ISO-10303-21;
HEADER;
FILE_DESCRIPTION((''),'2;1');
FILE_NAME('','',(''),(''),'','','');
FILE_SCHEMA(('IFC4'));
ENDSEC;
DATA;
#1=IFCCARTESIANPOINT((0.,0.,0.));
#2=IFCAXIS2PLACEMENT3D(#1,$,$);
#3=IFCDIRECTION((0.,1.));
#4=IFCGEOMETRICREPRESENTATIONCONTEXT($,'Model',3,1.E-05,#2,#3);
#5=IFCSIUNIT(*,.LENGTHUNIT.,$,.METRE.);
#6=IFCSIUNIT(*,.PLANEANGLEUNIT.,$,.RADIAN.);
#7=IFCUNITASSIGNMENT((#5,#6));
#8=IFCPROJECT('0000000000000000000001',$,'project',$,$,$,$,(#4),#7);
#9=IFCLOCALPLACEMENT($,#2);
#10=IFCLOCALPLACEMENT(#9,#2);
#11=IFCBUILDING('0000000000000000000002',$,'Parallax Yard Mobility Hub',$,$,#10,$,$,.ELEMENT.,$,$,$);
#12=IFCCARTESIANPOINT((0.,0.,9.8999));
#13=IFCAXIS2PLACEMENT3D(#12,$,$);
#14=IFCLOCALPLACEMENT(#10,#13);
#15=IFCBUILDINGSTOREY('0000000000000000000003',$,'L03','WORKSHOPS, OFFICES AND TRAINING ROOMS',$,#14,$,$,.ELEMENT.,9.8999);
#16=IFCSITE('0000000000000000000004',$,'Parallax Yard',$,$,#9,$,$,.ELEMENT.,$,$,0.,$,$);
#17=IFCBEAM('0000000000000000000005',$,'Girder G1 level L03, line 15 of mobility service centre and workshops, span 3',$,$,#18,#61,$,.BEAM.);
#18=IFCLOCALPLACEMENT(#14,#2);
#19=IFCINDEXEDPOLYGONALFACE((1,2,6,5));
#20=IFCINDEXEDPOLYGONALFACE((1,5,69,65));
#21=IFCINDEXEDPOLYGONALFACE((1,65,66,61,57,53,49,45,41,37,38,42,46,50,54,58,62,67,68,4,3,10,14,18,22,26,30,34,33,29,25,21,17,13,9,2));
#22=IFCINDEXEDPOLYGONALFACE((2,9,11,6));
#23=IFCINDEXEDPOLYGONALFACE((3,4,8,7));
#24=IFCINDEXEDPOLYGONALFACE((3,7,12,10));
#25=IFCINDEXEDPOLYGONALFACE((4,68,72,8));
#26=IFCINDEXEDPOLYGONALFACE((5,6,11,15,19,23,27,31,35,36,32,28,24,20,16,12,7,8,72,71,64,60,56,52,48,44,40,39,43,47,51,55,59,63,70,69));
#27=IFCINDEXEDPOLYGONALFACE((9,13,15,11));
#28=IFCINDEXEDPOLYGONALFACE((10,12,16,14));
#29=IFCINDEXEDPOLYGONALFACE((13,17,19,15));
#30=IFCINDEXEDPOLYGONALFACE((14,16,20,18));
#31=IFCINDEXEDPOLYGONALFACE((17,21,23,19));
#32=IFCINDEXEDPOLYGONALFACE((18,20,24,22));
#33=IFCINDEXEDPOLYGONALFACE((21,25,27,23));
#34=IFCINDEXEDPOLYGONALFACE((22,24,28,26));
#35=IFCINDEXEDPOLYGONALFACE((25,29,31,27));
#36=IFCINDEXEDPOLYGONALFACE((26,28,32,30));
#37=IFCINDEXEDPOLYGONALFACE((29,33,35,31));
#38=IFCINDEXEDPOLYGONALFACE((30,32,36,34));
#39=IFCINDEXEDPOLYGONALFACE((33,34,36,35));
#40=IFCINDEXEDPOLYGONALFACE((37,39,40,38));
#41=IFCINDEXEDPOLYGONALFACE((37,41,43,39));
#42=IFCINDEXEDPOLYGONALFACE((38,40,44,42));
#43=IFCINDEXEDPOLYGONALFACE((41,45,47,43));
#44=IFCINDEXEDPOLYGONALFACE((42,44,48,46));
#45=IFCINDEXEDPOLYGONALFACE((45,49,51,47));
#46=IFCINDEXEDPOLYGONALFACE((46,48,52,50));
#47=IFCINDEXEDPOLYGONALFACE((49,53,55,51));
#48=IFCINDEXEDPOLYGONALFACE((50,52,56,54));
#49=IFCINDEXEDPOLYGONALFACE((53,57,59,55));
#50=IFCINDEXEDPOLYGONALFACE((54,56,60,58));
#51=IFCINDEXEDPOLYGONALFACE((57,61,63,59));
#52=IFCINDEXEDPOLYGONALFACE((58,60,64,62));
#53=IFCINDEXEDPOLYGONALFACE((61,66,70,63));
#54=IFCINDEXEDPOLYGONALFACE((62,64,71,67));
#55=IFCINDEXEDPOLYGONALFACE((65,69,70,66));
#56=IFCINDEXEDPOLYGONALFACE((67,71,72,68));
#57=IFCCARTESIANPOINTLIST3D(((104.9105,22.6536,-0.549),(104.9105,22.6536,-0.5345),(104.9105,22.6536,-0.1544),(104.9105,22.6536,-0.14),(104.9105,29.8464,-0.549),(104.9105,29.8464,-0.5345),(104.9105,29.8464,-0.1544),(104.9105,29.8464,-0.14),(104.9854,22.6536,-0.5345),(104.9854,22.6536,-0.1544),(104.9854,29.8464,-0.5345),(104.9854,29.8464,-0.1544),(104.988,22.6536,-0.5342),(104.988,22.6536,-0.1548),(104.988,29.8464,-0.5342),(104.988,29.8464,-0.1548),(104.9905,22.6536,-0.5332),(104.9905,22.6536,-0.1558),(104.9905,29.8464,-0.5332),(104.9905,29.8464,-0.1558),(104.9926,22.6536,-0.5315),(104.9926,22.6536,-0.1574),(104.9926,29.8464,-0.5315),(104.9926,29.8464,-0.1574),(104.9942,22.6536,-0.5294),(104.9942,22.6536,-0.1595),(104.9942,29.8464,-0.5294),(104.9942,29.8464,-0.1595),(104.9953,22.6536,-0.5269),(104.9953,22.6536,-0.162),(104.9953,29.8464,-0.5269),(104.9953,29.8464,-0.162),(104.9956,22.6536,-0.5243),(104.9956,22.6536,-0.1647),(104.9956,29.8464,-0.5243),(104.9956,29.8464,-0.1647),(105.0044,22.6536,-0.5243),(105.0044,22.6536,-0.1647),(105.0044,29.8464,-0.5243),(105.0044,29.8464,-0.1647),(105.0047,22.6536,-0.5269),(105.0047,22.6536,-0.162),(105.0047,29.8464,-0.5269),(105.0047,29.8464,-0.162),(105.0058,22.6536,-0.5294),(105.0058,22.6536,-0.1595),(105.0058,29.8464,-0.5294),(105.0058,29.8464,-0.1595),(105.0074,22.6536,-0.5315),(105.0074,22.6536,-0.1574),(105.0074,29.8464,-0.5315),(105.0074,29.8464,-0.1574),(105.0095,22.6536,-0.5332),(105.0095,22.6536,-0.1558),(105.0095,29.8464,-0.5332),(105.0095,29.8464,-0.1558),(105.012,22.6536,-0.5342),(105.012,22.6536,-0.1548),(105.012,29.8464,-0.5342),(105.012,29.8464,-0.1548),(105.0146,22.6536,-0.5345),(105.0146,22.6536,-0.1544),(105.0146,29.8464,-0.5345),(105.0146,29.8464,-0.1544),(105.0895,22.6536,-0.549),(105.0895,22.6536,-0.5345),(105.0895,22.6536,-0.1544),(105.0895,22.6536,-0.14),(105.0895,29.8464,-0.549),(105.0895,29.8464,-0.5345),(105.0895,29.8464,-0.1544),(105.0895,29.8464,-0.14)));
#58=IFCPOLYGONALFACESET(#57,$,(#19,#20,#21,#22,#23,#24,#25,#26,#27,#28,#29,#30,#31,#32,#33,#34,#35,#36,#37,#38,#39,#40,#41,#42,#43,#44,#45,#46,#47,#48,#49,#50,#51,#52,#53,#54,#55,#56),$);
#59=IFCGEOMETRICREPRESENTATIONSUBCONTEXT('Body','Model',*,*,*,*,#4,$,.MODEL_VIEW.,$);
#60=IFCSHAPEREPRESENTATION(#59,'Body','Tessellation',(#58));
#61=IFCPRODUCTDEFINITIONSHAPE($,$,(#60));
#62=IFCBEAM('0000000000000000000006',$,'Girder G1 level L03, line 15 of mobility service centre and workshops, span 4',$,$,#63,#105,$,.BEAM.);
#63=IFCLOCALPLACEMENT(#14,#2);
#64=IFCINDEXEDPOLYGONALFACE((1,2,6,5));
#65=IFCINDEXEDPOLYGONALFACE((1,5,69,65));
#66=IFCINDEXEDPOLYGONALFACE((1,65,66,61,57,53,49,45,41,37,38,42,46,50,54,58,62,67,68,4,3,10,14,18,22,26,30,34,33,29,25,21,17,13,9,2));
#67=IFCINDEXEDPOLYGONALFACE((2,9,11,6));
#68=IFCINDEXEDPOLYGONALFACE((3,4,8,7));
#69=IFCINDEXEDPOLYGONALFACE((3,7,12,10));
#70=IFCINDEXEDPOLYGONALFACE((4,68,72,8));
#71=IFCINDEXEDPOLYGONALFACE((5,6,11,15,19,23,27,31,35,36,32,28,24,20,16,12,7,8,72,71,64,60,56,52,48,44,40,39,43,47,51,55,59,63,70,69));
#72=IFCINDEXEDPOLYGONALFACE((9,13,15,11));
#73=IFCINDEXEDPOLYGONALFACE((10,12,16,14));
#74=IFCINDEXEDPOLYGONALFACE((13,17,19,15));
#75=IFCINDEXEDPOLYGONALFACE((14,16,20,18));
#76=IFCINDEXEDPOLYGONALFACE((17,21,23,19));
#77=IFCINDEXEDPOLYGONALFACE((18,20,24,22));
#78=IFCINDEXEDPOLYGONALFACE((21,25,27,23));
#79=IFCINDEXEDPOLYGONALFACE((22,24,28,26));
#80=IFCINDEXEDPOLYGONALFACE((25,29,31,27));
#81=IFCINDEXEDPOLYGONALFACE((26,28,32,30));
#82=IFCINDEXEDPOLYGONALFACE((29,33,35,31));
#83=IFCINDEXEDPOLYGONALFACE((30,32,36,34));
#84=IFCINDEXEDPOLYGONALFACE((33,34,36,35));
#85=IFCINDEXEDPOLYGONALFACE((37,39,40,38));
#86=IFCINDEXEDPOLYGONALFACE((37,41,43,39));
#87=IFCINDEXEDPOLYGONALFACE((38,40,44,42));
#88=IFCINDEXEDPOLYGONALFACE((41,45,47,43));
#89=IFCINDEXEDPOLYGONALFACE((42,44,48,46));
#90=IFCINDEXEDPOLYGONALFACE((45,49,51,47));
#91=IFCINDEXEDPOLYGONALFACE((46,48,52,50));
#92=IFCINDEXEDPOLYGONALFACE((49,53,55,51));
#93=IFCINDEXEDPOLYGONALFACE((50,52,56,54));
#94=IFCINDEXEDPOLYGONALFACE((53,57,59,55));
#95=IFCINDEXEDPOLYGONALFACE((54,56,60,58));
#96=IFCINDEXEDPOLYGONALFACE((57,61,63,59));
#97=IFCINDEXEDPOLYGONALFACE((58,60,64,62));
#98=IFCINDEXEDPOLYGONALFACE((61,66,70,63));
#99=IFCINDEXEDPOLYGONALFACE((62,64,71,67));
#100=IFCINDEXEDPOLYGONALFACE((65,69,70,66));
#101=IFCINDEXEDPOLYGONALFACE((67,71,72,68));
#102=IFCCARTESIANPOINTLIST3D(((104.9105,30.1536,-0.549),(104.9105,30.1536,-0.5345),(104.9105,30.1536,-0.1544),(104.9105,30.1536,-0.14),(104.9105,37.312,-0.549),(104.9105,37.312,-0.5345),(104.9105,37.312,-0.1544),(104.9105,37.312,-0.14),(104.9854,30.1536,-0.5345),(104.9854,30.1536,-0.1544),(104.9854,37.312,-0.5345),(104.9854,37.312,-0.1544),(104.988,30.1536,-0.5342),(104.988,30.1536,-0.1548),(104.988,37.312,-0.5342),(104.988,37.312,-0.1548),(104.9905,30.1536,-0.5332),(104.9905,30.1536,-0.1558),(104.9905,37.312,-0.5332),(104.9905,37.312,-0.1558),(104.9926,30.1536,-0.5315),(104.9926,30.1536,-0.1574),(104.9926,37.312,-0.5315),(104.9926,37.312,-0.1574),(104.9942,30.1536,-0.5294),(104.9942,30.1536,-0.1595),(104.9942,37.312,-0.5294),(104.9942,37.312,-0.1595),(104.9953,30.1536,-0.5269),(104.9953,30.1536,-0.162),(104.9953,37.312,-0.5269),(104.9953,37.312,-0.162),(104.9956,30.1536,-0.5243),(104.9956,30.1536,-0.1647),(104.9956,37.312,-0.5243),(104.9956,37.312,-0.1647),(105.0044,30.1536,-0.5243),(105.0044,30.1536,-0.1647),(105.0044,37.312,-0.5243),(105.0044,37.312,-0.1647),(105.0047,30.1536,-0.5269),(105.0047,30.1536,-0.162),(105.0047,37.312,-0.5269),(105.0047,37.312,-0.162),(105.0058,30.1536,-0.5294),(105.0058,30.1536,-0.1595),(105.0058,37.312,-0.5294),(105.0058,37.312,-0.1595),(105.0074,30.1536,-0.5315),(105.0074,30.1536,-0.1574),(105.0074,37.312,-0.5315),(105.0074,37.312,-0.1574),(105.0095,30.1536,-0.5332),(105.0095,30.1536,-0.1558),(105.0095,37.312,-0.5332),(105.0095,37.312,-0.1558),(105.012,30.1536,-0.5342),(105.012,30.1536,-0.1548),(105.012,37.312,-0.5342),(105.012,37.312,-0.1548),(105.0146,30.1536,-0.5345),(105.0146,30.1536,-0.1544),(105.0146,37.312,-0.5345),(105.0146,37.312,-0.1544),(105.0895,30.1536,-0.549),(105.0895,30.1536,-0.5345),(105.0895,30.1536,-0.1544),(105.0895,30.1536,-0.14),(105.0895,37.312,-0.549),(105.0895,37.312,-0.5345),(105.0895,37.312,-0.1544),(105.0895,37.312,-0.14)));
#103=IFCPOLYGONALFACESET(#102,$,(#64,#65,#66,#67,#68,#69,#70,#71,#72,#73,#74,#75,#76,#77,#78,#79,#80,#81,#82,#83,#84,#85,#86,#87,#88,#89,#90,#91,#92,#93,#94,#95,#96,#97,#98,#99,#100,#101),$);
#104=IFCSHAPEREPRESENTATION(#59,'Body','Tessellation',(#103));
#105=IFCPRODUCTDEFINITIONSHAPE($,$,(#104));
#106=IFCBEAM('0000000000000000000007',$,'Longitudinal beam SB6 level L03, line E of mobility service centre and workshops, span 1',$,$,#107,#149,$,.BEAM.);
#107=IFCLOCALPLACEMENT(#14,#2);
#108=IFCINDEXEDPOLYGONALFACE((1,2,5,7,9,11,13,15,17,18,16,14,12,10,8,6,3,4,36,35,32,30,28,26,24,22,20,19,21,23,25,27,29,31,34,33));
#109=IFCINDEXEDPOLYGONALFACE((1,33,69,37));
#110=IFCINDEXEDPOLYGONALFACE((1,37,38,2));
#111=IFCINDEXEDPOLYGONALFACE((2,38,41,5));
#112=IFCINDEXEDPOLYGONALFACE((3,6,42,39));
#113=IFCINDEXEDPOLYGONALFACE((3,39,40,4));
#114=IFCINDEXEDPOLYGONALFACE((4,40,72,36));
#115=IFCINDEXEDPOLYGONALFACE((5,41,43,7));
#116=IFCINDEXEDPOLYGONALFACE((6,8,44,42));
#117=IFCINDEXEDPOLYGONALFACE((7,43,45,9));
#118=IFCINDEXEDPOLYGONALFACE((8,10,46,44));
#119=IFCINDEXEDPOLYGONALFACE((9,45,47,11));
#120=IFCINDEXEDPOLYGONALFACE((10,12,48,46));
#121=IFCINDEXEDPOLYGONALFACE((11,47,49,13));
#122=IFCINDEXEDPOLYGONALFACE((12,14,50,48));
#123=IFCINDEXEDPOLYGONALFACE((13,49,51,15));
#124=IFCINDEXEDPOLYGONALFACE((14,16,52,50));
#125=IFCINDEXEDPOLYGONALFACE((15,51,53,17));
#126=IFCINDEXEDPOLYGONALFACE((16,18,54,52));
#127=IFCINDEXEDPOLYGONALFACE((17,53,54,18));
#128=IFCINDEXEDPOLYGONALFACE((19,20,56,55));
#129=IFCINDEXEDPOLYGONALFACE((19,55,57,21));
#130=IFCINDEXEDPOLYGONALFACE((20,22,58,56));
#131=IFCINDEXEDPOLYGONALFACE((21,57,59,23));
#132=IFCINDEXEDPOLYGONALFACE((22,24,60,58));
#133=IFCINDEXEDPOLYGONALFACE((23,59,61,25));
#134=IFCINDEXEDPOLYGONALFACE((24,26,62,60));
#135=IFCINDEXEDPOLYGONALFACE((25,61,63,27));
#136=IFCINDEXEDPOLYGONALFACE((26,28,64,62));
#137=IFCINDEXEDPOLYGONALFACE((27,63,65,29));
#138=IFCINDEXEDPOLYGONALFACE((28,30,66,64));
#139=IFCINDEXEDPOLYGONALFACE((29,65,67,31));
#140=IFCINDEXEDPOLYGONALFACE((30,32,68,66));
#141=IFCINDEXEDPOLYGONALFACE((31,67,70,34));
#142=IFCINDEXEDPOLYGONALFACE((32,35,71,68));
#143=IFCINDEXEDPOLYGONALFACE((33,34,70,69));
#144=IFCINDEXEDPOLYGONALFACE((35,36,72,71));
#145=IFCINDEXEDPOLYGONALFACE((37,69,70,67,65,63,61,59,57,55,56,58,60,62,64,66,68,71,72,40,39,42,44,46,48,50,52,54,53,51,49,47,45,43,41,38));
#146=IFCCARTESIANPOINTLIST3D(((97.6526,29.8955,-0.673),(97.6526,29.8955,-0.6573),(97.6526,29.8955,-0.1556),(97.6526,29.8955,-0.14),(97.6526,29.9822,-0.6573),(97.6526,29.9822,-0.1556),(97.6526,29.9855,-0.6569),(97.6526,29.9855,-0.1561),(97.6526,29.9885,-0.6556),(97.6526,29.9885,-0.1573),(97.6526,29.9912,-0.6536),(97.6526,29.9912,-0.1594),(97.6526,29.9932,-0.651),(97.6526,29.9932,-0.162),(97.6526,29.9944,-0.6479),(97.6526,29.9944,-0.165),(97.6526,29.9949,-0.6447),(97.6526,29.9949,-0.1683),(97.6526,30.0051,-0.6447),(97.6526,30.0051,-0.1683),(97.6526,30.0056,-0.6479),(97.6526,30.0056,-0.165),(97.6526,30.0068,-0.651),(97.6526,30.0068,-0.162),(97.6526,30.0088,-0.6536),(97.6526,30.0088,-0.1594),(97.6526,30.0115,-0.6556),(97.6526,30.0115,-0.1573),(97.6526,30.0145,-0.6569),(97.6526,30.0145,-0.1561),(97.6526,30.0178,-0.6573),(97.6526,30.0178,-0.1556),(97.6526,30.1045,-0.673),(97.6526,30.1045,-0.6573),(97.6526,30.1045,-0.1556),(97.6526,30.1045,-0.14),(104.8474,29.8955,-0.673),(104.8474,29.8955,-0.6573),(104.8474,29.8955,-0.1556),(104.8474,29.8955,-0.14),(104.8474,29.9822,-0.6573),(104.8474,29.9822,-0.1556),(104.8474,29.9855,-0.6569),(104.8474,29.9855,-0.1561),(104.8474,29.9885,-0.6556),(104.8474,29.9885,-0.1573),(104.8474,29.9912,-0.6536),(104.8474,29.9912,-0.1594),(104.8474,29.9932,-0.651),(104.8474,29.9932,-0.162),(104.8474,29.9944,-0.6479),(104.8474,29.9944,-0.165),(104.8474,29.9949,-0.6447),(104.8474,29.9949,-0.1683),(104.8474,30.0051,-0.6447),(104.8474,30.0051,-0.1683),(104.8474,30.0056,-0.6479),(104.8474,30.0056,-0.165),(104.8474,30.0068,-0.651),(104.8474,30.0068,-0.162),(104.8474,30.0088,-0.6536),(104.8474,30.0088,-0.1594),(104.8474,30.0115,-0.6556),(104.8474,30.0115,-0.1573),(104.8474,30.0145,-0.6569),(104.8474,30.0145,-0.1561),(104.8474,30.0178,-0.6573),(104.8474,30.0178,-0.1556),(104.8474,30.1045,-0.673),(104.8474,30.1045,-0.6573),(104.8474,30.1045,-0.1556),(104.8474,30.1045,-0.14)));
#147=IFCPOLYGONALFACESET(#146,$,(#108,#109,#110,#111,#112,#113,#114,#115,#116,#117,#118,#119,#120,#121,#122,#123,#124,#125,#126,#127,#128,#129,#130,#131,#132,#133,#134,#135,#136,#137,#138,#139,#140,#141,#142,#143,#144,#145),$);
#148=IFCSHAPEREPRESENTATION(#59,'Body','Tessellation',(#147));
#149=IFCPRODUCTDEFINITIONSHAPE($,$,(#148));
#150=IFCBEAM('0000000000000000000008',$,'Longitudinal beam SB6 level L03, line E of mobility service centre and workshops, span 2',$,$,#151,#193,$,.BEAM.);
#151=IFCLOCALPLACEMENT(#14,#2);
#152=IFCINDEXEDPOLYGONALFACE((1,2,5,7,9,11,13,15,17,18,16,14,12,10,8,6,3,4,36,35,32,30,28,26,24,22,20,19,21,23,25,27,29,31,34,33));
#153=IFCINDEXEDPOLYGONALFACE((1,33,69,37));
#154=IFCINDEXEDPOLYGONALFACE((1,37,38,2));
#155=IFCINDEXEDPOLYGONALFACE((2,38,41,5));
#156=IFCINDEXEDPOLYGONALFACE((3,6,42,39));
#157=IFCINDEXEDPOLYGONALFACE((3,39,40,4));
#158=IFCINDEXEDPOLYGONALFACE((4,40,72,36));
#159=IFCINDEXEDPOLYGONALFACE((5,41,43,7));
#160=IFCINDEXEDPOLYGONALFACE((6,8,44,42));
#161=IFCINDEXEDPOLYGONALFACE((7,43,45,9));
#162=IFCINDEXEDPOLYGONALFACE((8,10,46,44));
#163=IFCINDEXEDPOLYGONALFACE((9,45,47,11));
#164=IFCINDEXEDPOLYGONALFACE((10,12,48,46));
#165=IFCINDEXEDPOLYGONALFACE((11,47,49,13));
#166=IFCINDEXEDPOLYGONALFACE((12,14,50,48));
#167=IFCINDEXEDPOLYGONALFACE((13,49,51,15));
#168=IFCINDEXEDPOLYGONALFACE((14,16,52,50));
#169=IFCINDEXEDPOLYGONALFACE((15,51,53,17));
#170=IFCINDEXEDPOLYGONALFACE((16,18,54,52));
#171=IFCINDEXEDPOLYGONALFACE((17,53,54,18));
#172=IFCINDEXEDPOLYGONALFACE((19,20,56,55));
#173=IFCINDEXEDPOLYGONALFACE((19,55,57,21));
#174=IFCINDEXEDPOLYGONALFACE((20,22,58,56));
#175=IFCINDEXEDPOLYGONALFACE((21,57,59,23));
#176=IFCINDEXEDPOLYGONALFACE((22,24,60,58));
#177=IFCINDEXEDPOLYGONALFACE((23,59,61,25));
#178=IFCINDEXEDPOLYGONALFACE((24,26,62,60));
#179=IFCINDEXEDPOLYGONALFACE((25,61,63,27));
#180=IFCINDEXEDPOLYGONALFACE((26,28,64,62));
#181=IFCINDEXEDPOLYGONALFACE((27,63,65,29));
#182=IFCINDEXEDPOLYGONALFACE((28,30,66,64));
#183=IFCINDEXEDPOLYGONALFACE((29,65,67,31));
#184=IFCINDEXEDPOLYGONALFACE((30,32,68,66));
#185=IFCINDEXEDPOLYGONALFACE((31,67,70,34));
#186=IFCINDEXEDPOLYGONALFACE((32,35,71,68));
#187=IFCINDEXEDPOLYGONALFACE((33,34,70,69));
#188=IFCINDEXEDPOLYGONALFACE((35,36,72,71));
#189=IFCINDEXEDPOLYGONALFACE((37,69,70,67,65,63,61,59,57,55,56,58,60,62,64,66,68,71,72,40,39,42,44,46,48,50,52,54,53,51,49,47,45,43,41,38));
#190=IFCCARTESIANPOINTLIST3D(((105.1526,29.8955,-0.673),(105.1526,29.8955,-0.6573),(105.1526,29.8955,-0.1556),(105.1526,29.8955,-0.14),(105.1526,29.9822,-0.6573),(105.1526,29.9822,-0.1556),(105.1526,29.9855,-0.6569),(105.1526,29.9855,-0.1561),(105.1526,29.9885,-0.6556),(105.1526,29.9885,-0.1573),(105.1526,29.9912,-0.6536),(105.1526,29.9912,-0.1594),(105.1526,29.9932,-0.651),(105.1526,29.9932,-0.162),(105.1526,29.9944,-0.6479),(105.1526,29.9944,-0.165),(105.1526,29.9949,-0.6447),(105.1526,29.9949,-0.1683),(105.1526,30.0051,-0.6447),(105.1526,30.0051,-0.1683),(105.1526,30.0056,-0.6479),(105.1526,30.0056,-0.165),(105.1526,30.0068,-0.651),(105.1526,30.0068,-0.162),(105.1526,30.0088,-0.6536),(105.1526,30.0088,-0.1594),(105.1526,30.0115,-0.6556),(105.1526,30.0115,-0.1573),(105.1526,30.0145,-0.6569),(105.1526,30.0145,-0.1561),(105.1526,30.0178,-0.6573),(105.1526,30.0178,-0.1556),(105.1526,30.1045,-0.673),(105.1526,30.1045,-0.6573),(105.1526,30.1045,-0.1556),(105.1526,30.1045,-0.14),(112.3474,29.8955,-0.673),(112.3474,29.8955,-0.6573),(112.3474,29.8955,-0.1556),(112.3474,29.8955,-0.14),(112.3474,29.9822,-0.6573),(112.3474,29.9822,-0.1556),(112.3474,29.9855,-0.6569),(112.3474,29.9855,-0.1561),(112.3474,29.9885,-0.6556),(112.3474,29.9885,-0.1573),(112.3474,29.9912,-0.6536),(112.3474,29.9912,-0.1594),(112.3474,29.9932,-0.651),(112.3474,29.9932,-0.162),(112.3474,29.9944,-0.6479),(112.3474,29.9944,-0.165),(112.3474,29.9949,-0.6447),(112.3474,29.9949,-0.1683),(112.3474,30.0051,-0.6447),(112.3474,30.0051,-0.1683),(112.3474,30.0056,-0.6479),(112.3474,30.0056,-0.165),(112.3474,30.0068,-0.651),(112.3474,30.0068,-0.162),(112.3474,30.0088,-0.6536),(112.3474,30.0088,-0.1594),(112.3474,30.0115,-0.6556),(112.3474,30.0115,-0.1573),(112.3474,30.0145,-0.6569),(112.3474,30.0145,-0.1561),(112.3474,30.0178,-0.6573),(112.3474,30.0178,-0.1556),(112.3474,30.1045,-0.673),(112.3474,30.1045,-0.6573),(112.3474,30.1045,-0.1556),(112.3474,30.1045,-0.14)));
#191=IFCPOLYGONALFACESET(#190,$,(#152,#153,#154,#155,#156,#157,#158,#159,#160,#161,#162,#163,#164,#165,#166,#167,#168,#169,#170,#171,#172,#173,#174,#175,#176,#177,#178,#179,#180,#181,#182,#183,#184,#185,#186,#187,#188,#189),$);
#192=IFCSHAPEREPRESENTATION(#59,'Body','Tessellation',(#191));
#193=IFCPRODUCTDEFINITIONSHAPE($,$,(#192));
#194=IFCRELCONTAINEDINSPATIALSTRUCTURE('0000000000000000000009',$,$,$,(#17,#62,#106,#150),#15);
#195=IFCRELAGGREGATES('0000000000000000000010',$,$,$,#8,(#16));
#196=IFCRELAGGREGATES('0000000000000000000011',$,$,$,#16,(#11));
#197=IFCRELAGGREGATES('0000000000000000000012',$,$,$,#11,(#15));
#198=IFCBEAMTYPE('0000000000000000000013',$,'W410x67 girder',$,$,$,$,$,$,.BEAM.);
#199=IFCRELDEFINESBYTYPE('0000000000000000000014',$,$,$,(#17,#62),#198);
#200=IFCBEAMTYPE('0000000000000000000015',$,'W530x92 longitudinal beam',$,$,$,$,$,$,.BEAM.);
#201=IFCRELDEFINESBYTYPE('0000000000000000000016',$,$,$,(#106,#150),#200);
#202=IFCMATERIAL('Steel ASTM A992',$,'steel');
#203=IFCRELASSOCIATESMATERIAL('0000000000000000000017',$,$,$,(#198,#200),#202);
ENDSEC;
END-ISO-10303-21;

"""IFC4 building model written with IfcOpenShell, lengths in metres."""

from ifc_helpers import new_model, si_unit, direction, frame, origin, origin_2d, place, context, subcontext, project, spatial, i_section, extrude, material, material_profile, profile_set, type_object, element, save


model = new_model("IFC4")

# Units and contexts
model_context = context("Model", 3, precision=1e-05, world=origin(), true_north=direction((0.0, 1.0)))
body_context = subcontext(model_context, "Body", "Model", "MODEL_VIEW")
ifc_project = project(units=[si_unit("LENGTHUNIT", "METRE"), si_unit("PLANEANGLEUNIT", "RADIAN")], contexts=[model_context])

# Site, building, storey
site_placement = place(None, origin())
site = spatial("IfcSite", under=ifc_project, at=site_placement, Name="Parallax Yard", CompositionType="ELEMENT", RefElevation=0.0)
building_placement = place(site_placement, origin())
building = spatial("IfcBuilding", under=site, at=building_placement, Name="Parallax Yard Mobility Hub", CompositionType="ELEMENT")
storey_placement = place(building_placement, frame((0.0, 0.0, 9.8999)))
storey = spatial("IfcBuildingStorey", under=building, at=storey_placement, Name="L03", Description="WORKSHOPS, OFFICES AND TRAINING ROOMS", CompositionType="ELEMENT", Elevation=9.8999)

# Shared definitions
ifc_material_1 = material(Name="Steel ASTM A992", Category="steel")

# Beams
ifc_material_profile_1 = material_profile(ifc_material_1, i_section(OverallWidth=0.179, OverallDepth=0.4089, WebThickness=0.0088, FlangeThickness=0.0144, FilletRadius=0.0103, at=origin_2d()), Name="W410x67")
ifc_profile_set_1 = profile_set([ifc_material_profile_1], Name="Steel ASTM A992")
beam_type_1 = type_object("IfcBeamType", Name="W410x67 girder", PredefinedType="BEAM", material=ifc_profile_set_1)
beam_1_placement = place(storey_placement, frame((105.0, 22.6536, -0.3445), z_axis=(0.0, 1.0, 0.0), x_axis=(-1.0, 0.0, 0.0)))
element("IfcBeam", 1, at=beam_1_placement, inside=storey, type_object=beam_type_1, Name="Girder G1 level L03, line 15 of mobility service centre and workshops, span 3", PredefinedType="BEAM", context=body_context, shape_type="SweptSolid", body=[
    extrude(i_section(OverallWidth=0.179, OverallDepth=0.4089, WebThickness=0.0088, FlangeThickness=0.0144, FilletRadius=0.0103, at=origin_2d()), origin(), (0.0, 0.0, 1.0), 7.1929),
])
beam_2_placement = place(storey_placement, frame((105.0, 30.1536, -0.3445), z_axis=(0.0, 1.0, 0.0), x_axis=(-1.0, 0.0, 0.0)))
element("IfcBeam", 2, at=beam_2_placement, inside=storey, type_object=beam_type_1, Name="Girder G1 level L03, line 15 of mobility service centre and workshops, span 4", PredefinedType="BEAM", context=body_context, shape_type="SweptSolid", body=[
    extrude(i_section(OverallWidth=0.179, OverallDepth=0.4089, WebThickness=0.0088, FlangeThickness=0.0144, FilletRadius=0.0103, at=origin_2d()), origin(), (0.0, 0.0, 1.0), 7.1584),
])
ifc_material_profile_2 = material_profile(ifc_material_1, i_section(OverallWidth=0.209, OverallDepth=0.533, WebThickness=0.0103, FlangeThickness=0.0156, FilletRadius=0.0127, at=origin_2d()), Name="W530x92")
ifc_profile_set_2 = profile_set([ifc_material_profile_2], Name="Steel ASTM A992")
beam_type_2 = type_object("IfcBeamType", Name="W530x92 longitudinal beam", PredefinedType="BEAM", material=ifc_profile_set_2)
for number, where, z_axis, x_axis, name in (
    (3, (97.6526, 30.0, -0.4065), (1.0, 0.0, 0.0), (0.0, 1.0, 0.0), "Longitudinal beam SB6 level L03, line E of mobility service centre and workshops, span 1"),
    (4, (105.1526, 30.0, -0.4065), (1.0, 0.0, 0.0), (0.0, 1.0, 0.0), "Longitudinal beam SB6 level L03, line E of mobility service centre and workshops, span 2"),
):
    element("IfcBeam", number, at=place(storey_placement, frame(where, z_axis=z_axis, x_axis=x_axis)), inside=storey, type_object=beam_type_2, Name=name, PredefinedType="BEAM", context=body_context, shape_type="SweptSolid", body=[
        extrude(i_section(OverallWidth=0.209, OverallDepth=0.533, WebThickness=0.0103, FlangeThickness=0.0156, FilletRadius=0.0127, at=origin_2d()), origin(), (0.0, 0.0, 1.0), 7.1948),
    ])

save(model, "model.ifc")
